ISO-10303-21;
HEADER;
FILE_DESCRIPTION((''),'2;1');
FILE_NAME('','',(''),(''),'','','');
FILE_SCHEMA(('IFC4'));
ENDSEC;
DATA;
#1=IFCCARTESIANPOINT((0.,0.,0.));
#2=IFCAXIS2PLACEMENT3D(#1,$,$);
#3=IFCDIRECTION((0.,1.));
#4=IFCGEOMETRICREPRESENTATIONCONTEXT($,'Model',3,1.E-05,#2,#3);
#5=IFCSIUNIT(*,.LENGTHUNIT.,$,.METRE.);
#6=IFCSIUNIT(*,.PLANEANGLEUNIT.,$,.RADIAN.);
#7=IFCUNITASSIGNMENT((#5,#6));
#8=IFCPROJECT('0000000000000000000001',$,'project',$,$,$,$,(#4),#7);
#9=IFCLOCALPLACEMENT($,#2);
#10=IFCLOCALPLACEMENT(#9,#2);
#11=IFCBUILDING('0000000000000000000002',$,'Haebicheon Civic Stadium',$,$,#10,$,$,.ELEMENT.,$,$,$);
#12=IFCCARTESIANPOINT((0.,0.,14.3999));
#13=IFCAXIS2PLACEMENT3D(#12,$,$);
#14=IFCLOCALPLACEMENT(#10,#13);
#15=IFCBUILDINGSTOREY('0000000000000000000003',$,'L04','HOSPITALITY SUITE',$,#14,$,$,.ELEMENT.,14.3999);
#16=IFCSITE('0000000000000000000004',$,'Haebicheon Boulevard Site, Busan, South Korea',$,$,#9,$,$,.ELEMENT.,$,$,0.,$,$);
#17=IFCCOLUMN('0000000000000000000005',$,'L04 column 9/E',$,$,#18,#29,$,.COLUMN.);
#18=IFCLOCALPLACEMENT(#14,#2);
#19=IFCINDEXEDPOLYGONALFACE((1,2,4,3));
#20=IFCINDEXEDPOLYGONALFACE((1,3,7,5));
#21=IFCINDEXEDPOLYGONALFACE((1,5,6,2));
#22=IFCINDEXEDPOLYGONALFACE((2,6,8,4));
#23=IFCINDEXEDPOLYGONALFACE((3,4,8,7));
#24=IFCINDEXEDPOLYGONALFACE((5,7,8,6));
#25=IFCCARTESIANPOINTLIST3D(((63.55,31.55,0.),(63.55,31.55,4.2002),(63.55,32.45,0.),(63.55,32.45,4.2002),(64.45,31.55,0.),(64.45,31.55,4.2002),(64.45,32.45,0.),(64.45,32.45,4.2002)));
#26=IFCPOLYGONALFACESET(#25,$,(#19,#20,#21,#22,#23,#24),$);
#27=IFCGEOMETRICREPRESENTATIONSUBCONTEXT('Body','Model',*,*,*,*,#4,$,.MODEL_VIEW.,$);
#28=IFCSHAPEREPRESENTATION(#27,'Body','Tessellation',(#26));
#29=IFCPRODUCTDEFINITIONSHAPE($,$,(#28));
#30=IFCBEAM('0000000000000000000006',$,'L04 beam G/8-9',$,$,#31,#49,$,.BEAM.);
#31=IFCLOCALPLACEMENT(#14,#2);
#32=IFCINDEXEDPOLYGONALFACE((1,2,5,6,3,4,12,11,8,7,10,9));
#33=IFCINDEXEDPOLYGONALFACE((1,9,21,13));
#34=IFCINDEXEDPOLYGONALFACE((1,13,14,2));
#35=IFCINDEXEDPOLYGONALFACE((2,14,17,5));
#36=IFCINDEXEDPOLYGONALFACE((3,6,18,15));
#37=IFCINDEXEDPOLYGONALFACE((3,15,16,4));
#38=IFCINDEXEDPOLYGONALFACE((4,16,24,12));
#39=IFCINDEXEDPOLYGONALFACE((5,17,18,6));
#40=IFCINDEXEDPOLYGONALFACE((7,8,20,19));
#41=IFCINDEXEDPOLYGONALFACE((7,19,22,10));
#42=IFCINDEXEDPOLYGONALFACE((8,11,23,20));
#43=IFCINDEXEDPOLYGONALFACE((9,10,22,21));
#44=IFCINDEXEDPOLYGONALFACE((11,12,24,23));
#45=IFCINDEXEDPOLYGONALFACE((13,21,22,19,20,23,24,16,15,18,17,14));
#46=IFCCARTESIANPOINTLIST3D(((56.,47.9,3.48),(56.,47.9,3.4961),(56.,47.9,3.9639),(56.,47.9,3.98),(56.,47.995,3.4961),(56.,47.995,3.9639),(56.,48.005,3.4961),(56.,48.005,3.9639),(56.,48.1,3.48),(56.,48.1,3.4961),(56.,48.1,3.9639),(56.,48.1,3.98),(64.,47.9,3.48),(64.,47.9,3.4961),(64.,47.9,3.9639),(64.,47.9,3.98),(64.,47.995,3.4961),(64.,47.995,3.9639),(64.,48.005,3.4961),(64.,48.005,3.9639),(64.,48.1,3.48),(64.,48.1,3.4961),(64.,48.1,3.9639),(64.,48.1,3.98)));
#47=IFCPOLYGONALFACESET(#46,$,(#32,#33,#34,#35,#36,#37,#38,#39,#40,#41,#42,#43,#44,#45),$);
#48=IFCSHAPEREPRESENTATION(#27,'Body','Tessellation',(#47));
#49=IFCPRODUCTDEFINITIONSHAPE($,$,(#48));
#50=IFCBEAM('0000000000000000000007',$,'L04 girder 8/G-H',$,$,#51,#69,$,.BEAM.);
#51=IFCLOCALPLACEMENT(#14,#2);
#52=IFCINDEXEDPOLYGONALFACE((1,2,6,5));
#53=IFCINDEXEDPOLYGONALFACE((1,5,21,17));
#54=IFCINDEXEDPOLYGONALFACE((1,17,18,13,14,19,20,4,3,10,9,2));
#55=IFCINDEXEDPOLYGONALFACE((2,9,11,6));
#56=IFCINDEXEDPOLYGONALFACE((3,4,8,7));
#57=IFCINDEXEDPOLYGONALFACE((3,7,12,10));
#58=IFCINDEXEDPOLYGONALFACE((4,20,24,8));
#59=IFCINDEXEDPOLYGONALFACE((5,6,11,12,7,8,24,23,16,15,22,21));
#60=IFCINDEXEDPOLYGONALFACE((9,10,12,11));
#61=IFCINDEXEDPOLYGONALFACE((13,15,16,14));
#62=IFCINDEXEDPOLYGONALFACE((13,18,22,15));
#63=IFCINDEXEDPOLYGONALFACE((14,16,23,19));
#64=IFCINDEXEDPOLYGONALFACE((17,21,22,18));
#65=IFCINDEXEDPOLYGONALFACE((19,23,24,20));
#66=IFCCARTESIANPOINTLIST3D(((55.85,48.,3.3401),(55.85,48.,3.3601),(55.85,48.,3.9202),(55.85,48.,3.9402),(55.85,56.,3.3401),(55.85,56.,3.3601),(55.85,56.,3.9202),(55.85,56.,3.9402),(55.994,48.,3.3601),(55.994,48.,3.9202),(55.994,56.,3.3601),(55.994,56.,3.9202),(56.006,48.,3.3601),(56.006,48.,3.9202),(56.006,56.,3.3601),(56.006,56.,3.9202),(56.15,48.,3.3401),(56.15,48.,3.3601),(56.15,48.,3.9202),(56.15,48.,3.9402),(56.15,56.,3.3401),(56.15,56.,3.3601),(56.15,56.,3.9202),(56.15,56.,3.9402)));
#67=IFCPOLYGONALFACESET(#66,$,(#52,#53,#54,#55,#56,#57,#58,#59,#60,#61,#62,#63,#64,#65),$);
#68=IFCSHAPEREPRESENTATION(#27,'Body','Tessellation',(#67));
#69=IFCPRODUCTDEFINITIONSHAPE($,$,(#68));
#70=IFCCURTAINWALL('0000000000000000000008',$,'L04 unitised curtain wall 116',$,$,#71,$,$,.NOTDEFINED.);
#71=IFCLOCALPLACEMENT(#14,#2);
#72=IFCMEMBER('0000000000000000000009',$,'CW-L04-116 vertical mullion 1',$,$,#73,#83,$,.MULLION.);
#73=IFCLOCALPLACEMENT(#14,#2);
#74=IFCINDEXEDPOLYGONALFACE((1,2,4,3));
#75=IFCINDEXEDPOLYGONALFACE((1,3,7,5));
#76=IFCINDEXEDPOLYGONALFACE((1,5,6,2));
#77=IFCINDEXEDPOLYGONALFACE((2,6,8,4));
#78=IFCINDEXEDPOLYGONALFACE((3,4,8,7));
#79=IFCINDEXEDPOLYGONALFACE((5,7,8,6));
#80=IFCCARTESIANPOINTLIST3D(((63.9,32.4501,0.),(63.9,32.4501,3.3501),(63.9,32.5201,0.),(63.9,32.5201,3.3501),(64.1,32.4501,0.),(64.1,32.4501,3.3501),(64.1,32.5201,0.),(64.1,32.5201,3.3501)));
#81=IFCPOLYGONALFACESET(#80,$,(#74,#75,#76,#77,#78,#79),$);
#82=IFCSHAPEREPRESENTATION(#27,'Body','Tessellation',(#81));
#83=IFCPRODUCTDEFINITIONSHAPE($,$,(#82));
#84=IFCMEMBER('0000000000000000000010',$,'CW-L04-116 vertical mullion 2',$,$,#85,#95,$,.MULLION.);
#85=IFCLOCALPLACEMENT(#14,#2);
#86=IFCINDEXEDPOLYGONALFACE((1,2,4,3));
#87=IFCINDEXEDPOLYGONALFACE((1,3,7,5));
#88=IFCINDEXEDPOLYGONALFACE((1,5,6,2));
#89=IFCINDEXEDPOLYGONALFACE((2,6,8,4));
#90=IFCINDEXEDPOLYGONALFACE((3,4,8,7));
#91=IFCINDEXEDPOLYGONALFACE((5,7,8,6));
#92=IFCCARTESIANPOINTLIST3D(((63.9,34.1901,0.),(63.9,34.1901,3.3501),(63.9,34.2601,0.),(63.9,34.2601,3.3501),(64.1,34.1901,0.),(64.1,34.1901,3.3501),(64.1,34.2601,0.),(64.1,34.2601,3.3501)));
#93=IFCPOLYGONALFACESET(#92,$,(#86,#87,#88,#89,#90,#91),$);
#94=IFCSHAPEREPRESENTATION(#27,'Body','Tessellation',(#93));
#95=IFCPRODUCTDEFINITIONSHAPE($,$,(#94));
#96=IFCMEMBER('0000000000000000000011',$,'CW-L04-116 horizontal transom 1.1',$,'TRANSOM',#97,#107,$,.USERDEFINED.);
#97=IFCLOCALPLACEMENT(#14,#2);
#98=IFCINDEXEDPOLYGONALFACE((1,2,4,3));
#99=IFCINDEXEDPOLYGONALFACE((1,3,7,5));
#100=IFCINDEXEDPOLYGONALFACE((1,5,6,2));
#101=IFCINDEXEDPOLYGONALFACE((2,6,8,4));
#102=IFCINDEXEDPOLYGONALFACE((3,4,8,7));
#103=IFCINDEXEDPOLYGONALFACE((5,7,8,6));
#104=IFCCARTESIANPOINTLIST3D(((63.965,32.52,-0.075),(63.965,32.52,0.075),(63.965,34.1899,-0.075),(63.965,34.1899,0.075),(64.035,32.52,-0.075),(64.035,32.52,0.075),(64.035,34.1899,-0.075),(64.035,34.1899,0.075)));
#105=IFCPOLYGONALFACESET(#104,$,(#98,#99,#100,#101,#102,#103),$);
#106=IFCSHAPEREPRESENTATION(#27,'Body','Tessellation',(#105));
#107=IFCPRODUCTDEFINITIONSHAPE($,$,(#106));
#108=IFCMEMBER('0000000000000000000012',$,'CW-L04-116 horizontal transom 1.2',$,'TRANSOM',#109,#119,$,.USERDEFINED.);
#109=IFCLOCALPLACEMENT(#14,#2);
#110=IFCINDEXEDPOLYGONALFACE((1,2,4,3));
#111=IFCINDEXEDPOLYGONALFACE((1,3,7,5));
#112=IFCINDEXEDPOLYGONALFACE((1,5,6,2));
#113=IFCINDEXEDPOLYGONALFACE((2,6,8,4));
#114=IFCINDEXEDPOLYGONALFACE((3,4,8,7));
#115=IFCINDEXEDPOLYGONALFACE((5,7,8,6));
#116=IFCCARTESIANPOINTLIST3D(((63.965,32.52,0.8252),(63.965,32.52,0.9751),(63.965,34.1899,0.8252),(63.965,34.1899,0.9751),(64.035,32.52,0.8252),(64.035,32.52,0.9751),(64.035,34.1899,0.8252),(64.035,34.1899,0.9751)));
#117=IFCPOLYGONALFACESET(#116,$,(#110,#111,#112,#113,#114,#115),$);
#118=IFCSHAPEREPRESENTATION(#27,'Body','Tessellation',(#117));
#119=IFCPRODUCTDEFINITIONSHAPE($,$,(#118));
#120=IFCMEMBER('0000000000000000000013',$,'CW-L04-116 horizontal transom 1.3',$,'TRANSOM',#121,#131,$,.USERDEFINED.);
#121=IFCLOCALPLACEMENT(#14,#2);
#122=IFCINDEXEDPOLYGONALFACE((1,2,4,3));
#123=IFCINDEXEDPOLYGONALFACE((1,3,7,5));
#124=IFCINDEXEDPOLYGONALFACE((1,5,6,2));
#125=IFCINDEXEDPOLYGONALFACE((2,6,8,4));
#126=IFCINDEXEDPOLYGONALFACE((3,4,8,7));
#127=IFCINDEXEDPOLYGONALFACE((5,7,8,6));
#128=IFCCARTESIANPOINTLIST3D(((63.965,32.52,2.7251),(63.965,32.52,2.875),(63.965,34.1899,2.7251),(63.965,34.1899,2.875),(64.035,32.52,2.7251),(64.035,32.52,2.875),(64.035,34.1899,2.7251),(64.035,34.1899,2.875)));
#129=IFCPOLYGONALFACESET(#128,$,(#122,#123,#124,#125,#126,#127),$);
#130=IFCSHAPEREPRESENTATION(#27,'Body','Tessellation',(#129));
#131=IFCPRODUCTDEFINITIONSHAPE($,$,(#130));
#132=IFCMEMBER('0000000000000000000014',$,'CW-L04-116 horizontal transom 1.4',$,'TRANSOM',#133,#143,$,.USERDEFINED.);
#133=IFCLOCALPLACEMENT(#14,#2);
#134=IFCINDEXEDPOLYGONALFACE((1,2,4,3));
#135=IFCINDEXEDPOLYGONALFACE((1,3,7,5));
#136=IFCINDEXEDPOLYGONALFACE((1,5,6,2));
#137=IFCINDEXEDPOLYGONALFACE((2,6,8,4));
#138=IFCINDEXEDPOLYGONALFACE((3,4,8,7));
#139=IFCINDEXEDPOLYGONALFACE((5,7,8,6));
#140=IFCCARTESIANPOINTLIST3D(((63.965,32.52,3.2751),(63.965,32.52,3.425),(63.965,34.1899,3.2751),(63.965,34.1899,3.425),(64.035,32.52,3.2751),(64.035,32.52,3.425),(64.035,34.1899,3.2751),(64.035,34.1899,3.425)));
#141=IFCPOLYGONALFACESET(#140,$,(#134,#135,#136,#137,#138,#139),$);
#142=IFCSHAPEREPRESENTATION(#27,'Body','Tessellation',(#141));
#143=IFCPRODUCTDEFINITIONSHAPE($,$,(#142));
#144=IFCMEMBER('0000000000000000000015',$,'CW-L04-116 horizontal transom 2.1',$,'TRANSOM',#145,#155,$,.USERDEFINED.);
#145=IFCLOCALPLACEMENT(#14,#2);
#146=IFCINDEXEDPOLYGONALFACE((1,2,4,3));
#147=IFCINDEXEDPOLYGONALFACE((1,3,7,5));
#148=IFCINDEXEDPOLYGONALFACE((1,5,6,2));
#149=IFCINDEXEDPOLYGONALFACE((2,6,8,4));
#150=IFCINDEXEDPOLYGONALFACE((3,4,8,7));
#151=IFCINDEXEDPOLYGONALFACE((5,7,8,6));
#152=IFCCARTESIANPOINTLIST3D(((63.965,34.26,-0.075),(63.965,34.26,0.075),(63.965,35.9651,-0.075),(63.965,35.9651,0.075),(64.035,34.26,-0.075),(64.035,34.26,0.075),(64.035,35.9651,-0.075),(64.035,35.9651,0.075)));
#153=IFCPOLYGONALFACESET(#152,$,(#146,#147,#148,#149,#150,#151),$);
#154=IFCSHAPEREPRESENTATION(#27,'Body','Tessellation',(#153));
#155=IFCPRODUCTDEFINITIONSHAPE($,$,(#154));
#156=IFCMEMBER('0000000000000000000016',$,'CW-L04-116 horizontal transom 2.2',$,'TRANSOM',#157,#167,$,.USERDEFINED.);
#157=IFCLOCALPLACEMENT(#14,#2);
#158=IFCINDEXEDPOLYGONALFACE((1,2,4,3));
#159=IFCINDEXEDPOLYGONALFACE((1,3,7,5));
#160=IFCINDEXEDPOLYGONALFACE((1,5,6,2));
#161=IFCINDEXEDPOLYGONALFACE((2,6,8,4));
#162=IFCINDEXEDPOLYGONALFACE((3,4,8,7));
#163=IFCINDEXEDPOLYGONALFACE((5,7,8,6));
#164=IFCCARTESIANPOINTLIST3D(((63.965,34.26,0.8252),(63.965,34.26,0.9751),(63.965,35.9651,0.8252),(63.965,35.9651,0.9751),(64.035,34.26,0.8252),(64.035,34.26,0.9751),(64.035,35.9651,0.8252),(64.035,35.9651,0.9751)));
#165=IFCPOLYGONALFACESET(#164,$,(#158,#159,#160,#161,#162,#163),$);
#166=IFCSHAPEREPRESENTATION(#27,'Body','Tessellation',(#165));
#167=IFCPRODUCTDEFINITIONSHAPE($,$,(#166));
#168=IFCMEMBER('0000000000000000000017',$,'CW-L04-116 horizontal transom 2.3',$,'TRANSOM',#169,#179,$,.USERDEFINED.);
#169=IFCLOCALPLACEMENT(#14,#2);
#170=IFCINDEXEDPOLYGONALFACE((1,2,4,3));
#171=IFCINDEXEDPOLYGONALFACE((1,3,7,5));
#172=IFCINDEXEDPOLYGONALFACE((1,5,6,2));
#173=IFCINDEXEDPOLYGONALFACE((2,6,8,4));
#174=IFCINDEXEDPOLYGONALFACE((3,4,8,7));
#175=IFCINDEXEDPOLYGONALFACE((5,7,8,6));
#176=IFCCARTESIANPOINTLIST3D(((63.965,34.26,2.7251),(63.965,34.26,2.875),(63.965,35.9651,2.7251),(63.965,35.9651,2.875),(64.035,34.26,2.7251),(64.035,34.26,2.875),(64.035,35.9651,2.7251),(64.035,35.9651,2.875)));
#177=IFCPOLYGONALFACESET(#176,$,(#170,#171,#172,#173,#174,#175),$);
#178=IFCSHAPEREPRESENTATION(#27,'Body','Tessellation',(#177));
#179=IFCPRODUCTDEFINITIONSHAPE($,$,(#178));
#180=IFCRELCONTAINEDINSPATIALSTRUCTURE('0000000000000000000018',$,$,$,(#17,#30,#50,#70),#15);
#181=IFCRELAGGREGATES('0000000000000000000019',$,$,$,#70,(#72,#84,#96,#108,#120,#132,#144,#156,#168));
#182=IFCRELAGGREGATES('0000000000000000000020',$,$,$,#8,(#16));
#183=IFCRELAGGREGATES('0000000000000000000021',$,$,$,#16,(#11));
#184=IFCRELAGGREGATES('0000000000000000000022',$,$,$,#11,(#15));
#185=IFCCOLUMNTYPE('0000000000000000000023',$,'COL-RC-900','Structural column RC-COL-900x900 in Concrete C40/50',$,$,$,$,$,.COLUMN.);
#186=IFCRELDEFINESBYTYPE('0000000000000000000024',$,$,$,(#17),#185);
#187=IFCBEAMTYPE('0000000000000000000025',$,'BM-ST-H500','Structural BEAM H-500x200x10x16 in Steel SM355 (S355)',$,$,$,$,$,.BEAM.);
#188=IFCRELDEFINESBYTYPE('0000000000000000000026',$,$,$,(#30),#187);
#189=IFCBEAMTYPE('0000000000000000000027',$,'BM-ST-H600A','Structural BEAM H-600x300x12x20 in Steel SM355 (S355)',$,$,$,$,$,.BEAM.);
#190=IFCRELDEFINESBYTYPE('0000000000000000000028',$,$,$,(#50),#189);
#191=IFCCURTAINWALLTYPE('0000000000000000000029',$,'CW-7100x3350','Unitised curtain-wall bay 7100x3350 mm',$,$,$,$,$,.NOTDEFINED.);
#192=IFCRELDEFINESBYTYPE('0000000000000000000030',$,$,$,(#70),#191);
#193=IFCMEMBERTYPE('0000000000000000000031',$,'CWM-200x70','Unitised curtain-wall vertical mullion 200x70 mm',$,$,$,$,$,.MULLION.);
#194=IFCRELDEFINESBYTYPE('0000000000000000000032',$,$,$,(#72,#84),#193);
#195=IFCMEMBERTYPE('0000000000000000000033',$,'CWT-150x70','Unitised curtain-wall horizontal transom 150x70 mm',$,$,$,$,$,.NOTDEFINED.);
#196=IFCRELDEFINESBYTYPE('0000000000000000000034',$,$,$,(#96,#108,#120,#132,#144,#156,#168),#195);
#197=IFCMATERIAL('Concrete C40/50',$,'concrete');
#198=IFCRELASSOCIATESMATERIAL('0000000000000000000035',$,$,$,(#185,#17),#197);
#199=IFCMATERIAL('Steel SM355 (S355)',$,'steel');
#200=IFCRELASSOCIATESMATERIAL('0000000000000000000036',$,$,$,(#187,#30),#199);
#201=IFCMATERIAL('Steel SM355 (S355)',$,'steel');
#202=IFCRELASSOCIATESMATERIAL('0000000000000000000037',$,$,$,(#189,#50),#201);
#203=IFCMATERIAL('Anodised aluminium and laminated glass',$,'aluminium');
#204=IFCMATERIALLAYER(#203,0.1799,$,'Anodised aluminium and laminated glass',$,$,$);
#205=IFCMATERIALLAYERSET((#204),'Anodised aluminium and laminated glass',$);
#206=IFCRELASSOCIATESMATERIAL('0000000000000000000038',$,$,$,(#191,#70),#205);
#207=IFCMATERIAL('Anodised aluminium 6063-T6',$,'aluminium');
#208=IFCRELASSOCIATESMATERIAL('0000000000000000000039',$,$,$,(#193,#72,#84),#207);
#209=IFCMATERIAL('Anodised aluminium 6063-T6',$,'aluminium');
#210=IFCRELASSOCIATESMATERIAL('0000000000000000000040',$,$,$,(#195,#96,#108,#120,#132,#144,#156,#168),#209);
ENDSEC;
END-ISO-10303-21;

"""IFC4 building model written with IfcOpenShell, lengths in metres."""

from ifc_helpers import new_model, si_unit, direction, frame, origin, origin_2d, place, context, subcontext, project, spatial, rectangle, i_section, extrude, material, layer, layer_set, material_profile, profile_set, type_object, element, aggregate, save


model = new_model("IFC4")

# Units and contexts
model_context = context("Model", 3, precision=1e-05, world=origin(), true_north=direction((0.0, 1.0)))
body_context = subcontext(model_context, "Body", "Model", "MODEL_VIEW")
ifc_project = project(units=[si_unit("LENGTHUNIT", "METRE"), si_unit("PLANEANGLEUNIT", "RADIAN")], contexts=[model_context])

# Site, building, storey
site_placement = place(None, origin())
site = spatial("IfcSite", under=ifc_project, at=site_placement, Name="Haebicheon Boulevard Site, Busan, South Korea", CompositionType="ELEMENT", RefElevation=0.0)
building_placement = place(site_placement, origin())
building = spatial("IfcBuilding", under=site, at=building_placement, Name="Haebicheon Civic Stadium", CompositionType="ELEMENT")
storey_placement = place(building_placement, frame((0.0, 0.0, 14.3999)))
storey = spatial("IfcBuildingStorey", under=building, at=storey_placement, Name="L04", Description="HOSPITALITY SUITE", CompositionType="ELEMENT", Elevation=14.3999)

# Column
ifc_material_1 = material(Name="Concrete C40/50", Category="concrete")
ifc_material_profile_1 = material_profile(ifc_material_1, rectangle(XDim=0.8999, YDim=0.8999, at=origin_2d()), Name="RC-COL-900x900")
ifc_profile_set_1 = profile_set([ifc_material_profile_1], Name="Concrete C40/50")
column_type = type_object("IfcColumnType", Name="COL-RC-900", Description="Structural column RC-COL-900x900 in Concrete C40/50", PredefinedType="COLUMN", material=ifc_profile_set_1)
column_placement = place(storey_placement, frame((64.0, 32.0, 0.0), z_axis=(0.0, 0.0, 1.0), x_axis=(1.0, 0.0, 0.0)))
element("IfcColumn", 1, at=column_placement, inside=storey, type_object=column_type, material=ifc_profile_set_1, Name="L04 column 9/E", PredefinedType="COLUMN", context=body_context, shape_type="SweptSolid", body=[
    extrude(rectangle(XDim=0.8999, YDim=0.8999, at=origin_2d()), origin(), (0.0, 0.0, 1.0), 4.2002),
])

# Beams
ifc_material_2 = material(Name="Steel SM355 (S355)", Category="steel")
ifc_material_profile_2 = material_profile(ifc_material_2, i_section(OverallWidth=0.2, OverallDepth=0.5, WebThickness=0.01, FlangeThickness=0.0161, at=origin_2d()), Name="H-500x200x10x16")
ifc_profile_set_2 = profile_set([ifc_material_profile_2], Name="Steel SM355 (S355)")
beam_type_1 = type_object("IfcBeamType", Name="BM-ST-H500", Description="Structural BEAM H-500x200x10x16 in Steel SM355 (S355)", PredefinedType="BEAM", material=ifc_profile_set_2)
beam_1_placement = place(storey_placement, frame((56.0, 48.0, 3.73), z_axis=(1.0, 0.0, 0.0), x_axis=(0.0, 1.0, 0.0)))
element("IfcBeam", 2, at=beam_1_placement, inside=storey, type_object=beam_type_1, material=ifc_profile_set_2, Name="L04 beam G/8-9", PredefinedType="BEAM", context=body_context, shape_type="SweptSolid", body=[
    extrude(i_section(OverallWidth=0.2, OverallDepth=0.5, WebThickness=0.01, FlangeThickness=0.0161, at=origin_2d()), origin(), (0.0, 0.0, 1.0), 8.0),
])
ifc_material_3 = material(Name="Steel SM355 (S355)", Category="steel")
ifc_material_profile_3 = material_profile(ifc_material_3, i_section(OverallWidth=0.3, OverallDepth=0.6001, WebThickness=0.012, FlangeThickness=0.02, at=origin_2d()), Name="H-600x300x12x20")
ifc_profile_set_3 = profile_set([ifc_material_profile_3], Name="Steel SM355 (S355)")
beam_type_2 = type_object("IfcBeamType", Name="BM-ST-H600A", Description="Structural BEAM H-600x300x12x20 in Steel SM355 (S355)", PredefinedType="BEAM", material=ifc_profile_set_3)
beam_2_placement = place(storey_placement, frame((56.0, 48.0, 3.6401), z_axis=(0.0, 1.0, 0.0), x_axis=(-1.0, 0.0, 0.0)))
element("IfcBeam", 3, at=beam_2_placement, inside=storey, type_object=beam_type_2, material=ifc_profile_set_3, Name="L04 girder 8/G-H", PredefinedType="BEAM", context=body_context, shape_type="SweptSolid", body=[
    extrude(i_section(OverallWidth=0.3, OverallDepth=0.6001, WebThickness=0.012, FlangeThickness=0.02, at=origin_2d()), origin(), (0.0, 0.0, 1.0), 8.0),
])

# Curtain wall, members
ifc_material_4 = material(Name="Anodised aluminium and laminated glass", Category="aluminium")
ifc_layer_1 = layer(ifc_material_4, 0.1799, Name="Anodised aluminium and laminated glass")
ifc_layer_set_1 = layer_set([ifc_layer_1], Name="Anodised aluminium and laminated glass")
curtain_wall_type = type_object("IfcCurtainWallType", Name="CW-7100x3350", Description="Unitised curtain-wall bay 7100x3350 mm", PredefinedType="NOTDEFINED", material=ifc_layer_set_1)
curtain_wall_placement = place(storey_placement, origin())
curtain_wall = element("IfcCurtainWall", 4, at=curtain_wall_placement, inside=storey, type_object=curtain_wall_type, material=ifc_layer_set_1, Name="L04 unitised curtain wall 116", PredefinedType="NOTDEFINED")
ifc_material_5 = material(Name="Anodised aluminium 6063-T6", Category="aluminium")
ifc_material_profile_4 = material_profile(ifc_material_5, rectangle(XDim=0.0701, YDim=0.2, at=origin_2d()), Name="ALU-MULL-70x200")
ifc_profile_set_4 = profile_set([ifc_material_profile_4], Name="Anodised aluminium 6063-T6")
member_type_1 = type_object("IfcMemberType", Name="CWM-200x70", Description="Unitised curtain-wall vertical mullion 200x70 mm", PredefinedType="MULLION", material=ifc_profile_set_4)
member_1_placement = place(storey_placement, frame((64.0, 32.4851, 0.0), z_axis=(0.0, 0.0, 1.0), x_axis=(0.0, 1.0, 0.0)))
member_1 = element("IfcMember", 5, at=member_1_placement, type_object=member_type_1, material=ifc_profile_set_4, Name="CW-L04-116 vertical mullion 1", PredefinedType="MULLION", context=body_context, shape_type="SweptSolid", body=[
    extrude(rectangle(XDim=0.0701, YDim=0.2, at=origin_2d()), origin(), (0.0, 0.0, 1.0), 3.3501),
])
member_2_placement = place(storey_placement, frame((64.0, 34.2251, 0.0), z_axis=(0.0, 0.0, 1.0), x_axis=(0.0, 1.0, 0.0)))
member_2 = element("IfcMember", 6, at=member_2_placement, type_object=member_type_1, material=ifc_profile_set_4, Name="CW-L04-116 vertical mullion 2", PredefinedType="MULLION", context=body_context, shape_type="SweptSolid", body=[
    extrude(rectangle(XDim=0.0701, YDim=0.2, at=origin_2d()), origin(), (0.0, 0.0, 1.0), 3.3501),
])
ifc_material_6 = material(Name="Anodised aluminium 6063-T6", Category="aluminium")
ifc_material_profile_5 = material_profile(ifc_material_6, rectangle(XDim=0.0701, YDim=0.1499, at=origin_2d()), Name="ALU-TRAN-70x150")
ifc_profile_set_5 = profile_set([ifc_material_profile_5], Name="Anodised aluminium 6063-T6")
member_type_2 = type_object("IfcMemberType", Name="CWT-150x70", Description="Unitised curtain-wall horizontal transom 150x70 mm", PredefinedType="NOTDEFINED", material=ifc_profile_set_5)
member_3_placement = place(storey_placement, frame((64.0, 32.52, 0.0), z_axis=(0.0, 1.0, 0.0), x_axis=(-1.0, 0.0, 0.0)))
member_3 = element("IfcMember", 7, at=member_3_placement, type_object=member_type_2, material=ifc_profile_set_5, Name="CW-L04-116 horizontal transom 1.1", ObjectType="TRANSOM", PredefinedType="USERDEFINED", context=body_context, shape_type="SweptSolid", body=[
    extrude(rectangle(XDim=0.0701, YDim=0.1499, at=origin_2d()), origin(), (0.0, 0.0, 1.0), 1.6699),
])
member_4_placement = place(storey_placement, frame((64.0, 32.52, 0.9001), z_axis=(0.0, 1.0, 0.0), x_axis=(-1.0, 0.0, 0.0)))
member_4 = element("IfcMember", 8, at=member_4_placement, type_object=member_type_2, material=ifc_profile_set_5, Name="CW-L04-116 horizontal transom 1.2", ObjectType="TRANSOM", PredefinedType="USERDEFINED", context=body_context, shape_type="SweptSolid", body=[
    extrude(rectangle(XDim=0.0701, YDim=0.1499, at=origin_2d()), origin(), (0.0, 0.0, 1.0), 1.6699),
])
member_5_placement = place(storey_placement, frame((64.0, 32.52, 2.8), z_axis=(0.0, 1.0, 0.0), x_axis=(-1.0, 0.0, 0.0)))
member_5 = element("IfcMember", 9, at=member_5_placement, type_object=member_type_2, material=ifc_profile_set_5, Name="CW-L04-116 horizontal transom 1.3", ObjectType="TRANSOM", PredefinedType="USERDEFINED", context=body_context, shape_type="SweptSolid", body=[
    extrude(rectangle(XDim=0.0701, YDim=0.1499, at=origin_2d()), origin(), (0.0, 0.0, 1.0), 1.6699),
])
member_6_placement = place(storey_placement, frame((64.0, 32.52, 3.3501), z_axis=(0.0, 1.0, 0.0), x_axis=(-1.0, 0.0, 0.0)))
member_6 = element("IfcMember", 10, at=member_6_placement, type_object=member_type_2, material=ifc_profile_set_5, Name="CW-L04-116 horizontal transom 1.4", ObjectType="TRANSOM", PredefinedType="USERDEFINED", context=body_context, shape_type="SweptSolid", body=[
    extrude(rectangle(XDim=0.0701, YDim=0.1499, at=origin_2d()), origin(), (0.0, 0.0, 1.0), 1.6699),
])
member_7_placement = place(storey_placement, frame((64.0, 34.26, 0.0), z_axis=(0.0, 1.0, 0.0), x_axis=(-1.0, 0.0, 0.0)))
member_7 = element("IfcMember", 11, at=member_7_placement, type_object=member_type_2, material=ifc_profile_set_5, Name="CW-L04-116 horizontal transom 2.1", ObjectType="TRANSOM", PredefinedType="USERDEFINED", context=body_context, shape_type="SweptSolid", body=[
    extrude(rectangle(XDim=0.0701, YDim=0.1499, at=origin_2d()), origin(), (0.0, 0.0, 1.0), 1.7051),
])
member_8_placement = place(storey_placement, frame((64.0, 34.26, 0.9001), z_axis=(0.0, 1.0, 0.0), x_axis=(-1.0, 0.0, 0.0)))
member_8 = element("IfcMember", 12, at=member_8_placement, type_object=member_type_2, material=ifc_profile_set_5, Name="CW-L04-116 horizontal transom 2.2", ObjectType="TRANSOM", PredefinedType="USERDEFINED", context=body_context, shape_type="SweptSolid", body=[
    extrude(rectangle(XDim=0.0701, YDim=0.1499, at=origin_2d()), origin(), (0.0, 0.0, 1.0), 1.7051),
])
member_9_placement = place(storey_placement, frame((64.0, 34.26, 2.8), z_axis=(0.0, 1.0, 0.0), x_axis=(-1.0, 0.0, 0.0)))
member_9 = element("IfcMember", 13, at=member_9_placement, type_object=member_type_2, material=ifc_profile_set_5, Name="CW-L04-116 horizontal transom 2.3", ObjectType="TRANSOM", PredefinedType="USERDEFINED", context=body_context, shape_type="SweptSolid", body=[
    extrude(rectangle(XDim=0.0701, YDim=0.1499, at=origin_2d()), origin(), (0.0, 0.0, 1.0), 1.7051),
])

aggregate(curtain_wall, [member_1, member_2, member_3, member_4, member_5, member_6, member_7, member_8, member_9])

save(model, "model.ifc")
